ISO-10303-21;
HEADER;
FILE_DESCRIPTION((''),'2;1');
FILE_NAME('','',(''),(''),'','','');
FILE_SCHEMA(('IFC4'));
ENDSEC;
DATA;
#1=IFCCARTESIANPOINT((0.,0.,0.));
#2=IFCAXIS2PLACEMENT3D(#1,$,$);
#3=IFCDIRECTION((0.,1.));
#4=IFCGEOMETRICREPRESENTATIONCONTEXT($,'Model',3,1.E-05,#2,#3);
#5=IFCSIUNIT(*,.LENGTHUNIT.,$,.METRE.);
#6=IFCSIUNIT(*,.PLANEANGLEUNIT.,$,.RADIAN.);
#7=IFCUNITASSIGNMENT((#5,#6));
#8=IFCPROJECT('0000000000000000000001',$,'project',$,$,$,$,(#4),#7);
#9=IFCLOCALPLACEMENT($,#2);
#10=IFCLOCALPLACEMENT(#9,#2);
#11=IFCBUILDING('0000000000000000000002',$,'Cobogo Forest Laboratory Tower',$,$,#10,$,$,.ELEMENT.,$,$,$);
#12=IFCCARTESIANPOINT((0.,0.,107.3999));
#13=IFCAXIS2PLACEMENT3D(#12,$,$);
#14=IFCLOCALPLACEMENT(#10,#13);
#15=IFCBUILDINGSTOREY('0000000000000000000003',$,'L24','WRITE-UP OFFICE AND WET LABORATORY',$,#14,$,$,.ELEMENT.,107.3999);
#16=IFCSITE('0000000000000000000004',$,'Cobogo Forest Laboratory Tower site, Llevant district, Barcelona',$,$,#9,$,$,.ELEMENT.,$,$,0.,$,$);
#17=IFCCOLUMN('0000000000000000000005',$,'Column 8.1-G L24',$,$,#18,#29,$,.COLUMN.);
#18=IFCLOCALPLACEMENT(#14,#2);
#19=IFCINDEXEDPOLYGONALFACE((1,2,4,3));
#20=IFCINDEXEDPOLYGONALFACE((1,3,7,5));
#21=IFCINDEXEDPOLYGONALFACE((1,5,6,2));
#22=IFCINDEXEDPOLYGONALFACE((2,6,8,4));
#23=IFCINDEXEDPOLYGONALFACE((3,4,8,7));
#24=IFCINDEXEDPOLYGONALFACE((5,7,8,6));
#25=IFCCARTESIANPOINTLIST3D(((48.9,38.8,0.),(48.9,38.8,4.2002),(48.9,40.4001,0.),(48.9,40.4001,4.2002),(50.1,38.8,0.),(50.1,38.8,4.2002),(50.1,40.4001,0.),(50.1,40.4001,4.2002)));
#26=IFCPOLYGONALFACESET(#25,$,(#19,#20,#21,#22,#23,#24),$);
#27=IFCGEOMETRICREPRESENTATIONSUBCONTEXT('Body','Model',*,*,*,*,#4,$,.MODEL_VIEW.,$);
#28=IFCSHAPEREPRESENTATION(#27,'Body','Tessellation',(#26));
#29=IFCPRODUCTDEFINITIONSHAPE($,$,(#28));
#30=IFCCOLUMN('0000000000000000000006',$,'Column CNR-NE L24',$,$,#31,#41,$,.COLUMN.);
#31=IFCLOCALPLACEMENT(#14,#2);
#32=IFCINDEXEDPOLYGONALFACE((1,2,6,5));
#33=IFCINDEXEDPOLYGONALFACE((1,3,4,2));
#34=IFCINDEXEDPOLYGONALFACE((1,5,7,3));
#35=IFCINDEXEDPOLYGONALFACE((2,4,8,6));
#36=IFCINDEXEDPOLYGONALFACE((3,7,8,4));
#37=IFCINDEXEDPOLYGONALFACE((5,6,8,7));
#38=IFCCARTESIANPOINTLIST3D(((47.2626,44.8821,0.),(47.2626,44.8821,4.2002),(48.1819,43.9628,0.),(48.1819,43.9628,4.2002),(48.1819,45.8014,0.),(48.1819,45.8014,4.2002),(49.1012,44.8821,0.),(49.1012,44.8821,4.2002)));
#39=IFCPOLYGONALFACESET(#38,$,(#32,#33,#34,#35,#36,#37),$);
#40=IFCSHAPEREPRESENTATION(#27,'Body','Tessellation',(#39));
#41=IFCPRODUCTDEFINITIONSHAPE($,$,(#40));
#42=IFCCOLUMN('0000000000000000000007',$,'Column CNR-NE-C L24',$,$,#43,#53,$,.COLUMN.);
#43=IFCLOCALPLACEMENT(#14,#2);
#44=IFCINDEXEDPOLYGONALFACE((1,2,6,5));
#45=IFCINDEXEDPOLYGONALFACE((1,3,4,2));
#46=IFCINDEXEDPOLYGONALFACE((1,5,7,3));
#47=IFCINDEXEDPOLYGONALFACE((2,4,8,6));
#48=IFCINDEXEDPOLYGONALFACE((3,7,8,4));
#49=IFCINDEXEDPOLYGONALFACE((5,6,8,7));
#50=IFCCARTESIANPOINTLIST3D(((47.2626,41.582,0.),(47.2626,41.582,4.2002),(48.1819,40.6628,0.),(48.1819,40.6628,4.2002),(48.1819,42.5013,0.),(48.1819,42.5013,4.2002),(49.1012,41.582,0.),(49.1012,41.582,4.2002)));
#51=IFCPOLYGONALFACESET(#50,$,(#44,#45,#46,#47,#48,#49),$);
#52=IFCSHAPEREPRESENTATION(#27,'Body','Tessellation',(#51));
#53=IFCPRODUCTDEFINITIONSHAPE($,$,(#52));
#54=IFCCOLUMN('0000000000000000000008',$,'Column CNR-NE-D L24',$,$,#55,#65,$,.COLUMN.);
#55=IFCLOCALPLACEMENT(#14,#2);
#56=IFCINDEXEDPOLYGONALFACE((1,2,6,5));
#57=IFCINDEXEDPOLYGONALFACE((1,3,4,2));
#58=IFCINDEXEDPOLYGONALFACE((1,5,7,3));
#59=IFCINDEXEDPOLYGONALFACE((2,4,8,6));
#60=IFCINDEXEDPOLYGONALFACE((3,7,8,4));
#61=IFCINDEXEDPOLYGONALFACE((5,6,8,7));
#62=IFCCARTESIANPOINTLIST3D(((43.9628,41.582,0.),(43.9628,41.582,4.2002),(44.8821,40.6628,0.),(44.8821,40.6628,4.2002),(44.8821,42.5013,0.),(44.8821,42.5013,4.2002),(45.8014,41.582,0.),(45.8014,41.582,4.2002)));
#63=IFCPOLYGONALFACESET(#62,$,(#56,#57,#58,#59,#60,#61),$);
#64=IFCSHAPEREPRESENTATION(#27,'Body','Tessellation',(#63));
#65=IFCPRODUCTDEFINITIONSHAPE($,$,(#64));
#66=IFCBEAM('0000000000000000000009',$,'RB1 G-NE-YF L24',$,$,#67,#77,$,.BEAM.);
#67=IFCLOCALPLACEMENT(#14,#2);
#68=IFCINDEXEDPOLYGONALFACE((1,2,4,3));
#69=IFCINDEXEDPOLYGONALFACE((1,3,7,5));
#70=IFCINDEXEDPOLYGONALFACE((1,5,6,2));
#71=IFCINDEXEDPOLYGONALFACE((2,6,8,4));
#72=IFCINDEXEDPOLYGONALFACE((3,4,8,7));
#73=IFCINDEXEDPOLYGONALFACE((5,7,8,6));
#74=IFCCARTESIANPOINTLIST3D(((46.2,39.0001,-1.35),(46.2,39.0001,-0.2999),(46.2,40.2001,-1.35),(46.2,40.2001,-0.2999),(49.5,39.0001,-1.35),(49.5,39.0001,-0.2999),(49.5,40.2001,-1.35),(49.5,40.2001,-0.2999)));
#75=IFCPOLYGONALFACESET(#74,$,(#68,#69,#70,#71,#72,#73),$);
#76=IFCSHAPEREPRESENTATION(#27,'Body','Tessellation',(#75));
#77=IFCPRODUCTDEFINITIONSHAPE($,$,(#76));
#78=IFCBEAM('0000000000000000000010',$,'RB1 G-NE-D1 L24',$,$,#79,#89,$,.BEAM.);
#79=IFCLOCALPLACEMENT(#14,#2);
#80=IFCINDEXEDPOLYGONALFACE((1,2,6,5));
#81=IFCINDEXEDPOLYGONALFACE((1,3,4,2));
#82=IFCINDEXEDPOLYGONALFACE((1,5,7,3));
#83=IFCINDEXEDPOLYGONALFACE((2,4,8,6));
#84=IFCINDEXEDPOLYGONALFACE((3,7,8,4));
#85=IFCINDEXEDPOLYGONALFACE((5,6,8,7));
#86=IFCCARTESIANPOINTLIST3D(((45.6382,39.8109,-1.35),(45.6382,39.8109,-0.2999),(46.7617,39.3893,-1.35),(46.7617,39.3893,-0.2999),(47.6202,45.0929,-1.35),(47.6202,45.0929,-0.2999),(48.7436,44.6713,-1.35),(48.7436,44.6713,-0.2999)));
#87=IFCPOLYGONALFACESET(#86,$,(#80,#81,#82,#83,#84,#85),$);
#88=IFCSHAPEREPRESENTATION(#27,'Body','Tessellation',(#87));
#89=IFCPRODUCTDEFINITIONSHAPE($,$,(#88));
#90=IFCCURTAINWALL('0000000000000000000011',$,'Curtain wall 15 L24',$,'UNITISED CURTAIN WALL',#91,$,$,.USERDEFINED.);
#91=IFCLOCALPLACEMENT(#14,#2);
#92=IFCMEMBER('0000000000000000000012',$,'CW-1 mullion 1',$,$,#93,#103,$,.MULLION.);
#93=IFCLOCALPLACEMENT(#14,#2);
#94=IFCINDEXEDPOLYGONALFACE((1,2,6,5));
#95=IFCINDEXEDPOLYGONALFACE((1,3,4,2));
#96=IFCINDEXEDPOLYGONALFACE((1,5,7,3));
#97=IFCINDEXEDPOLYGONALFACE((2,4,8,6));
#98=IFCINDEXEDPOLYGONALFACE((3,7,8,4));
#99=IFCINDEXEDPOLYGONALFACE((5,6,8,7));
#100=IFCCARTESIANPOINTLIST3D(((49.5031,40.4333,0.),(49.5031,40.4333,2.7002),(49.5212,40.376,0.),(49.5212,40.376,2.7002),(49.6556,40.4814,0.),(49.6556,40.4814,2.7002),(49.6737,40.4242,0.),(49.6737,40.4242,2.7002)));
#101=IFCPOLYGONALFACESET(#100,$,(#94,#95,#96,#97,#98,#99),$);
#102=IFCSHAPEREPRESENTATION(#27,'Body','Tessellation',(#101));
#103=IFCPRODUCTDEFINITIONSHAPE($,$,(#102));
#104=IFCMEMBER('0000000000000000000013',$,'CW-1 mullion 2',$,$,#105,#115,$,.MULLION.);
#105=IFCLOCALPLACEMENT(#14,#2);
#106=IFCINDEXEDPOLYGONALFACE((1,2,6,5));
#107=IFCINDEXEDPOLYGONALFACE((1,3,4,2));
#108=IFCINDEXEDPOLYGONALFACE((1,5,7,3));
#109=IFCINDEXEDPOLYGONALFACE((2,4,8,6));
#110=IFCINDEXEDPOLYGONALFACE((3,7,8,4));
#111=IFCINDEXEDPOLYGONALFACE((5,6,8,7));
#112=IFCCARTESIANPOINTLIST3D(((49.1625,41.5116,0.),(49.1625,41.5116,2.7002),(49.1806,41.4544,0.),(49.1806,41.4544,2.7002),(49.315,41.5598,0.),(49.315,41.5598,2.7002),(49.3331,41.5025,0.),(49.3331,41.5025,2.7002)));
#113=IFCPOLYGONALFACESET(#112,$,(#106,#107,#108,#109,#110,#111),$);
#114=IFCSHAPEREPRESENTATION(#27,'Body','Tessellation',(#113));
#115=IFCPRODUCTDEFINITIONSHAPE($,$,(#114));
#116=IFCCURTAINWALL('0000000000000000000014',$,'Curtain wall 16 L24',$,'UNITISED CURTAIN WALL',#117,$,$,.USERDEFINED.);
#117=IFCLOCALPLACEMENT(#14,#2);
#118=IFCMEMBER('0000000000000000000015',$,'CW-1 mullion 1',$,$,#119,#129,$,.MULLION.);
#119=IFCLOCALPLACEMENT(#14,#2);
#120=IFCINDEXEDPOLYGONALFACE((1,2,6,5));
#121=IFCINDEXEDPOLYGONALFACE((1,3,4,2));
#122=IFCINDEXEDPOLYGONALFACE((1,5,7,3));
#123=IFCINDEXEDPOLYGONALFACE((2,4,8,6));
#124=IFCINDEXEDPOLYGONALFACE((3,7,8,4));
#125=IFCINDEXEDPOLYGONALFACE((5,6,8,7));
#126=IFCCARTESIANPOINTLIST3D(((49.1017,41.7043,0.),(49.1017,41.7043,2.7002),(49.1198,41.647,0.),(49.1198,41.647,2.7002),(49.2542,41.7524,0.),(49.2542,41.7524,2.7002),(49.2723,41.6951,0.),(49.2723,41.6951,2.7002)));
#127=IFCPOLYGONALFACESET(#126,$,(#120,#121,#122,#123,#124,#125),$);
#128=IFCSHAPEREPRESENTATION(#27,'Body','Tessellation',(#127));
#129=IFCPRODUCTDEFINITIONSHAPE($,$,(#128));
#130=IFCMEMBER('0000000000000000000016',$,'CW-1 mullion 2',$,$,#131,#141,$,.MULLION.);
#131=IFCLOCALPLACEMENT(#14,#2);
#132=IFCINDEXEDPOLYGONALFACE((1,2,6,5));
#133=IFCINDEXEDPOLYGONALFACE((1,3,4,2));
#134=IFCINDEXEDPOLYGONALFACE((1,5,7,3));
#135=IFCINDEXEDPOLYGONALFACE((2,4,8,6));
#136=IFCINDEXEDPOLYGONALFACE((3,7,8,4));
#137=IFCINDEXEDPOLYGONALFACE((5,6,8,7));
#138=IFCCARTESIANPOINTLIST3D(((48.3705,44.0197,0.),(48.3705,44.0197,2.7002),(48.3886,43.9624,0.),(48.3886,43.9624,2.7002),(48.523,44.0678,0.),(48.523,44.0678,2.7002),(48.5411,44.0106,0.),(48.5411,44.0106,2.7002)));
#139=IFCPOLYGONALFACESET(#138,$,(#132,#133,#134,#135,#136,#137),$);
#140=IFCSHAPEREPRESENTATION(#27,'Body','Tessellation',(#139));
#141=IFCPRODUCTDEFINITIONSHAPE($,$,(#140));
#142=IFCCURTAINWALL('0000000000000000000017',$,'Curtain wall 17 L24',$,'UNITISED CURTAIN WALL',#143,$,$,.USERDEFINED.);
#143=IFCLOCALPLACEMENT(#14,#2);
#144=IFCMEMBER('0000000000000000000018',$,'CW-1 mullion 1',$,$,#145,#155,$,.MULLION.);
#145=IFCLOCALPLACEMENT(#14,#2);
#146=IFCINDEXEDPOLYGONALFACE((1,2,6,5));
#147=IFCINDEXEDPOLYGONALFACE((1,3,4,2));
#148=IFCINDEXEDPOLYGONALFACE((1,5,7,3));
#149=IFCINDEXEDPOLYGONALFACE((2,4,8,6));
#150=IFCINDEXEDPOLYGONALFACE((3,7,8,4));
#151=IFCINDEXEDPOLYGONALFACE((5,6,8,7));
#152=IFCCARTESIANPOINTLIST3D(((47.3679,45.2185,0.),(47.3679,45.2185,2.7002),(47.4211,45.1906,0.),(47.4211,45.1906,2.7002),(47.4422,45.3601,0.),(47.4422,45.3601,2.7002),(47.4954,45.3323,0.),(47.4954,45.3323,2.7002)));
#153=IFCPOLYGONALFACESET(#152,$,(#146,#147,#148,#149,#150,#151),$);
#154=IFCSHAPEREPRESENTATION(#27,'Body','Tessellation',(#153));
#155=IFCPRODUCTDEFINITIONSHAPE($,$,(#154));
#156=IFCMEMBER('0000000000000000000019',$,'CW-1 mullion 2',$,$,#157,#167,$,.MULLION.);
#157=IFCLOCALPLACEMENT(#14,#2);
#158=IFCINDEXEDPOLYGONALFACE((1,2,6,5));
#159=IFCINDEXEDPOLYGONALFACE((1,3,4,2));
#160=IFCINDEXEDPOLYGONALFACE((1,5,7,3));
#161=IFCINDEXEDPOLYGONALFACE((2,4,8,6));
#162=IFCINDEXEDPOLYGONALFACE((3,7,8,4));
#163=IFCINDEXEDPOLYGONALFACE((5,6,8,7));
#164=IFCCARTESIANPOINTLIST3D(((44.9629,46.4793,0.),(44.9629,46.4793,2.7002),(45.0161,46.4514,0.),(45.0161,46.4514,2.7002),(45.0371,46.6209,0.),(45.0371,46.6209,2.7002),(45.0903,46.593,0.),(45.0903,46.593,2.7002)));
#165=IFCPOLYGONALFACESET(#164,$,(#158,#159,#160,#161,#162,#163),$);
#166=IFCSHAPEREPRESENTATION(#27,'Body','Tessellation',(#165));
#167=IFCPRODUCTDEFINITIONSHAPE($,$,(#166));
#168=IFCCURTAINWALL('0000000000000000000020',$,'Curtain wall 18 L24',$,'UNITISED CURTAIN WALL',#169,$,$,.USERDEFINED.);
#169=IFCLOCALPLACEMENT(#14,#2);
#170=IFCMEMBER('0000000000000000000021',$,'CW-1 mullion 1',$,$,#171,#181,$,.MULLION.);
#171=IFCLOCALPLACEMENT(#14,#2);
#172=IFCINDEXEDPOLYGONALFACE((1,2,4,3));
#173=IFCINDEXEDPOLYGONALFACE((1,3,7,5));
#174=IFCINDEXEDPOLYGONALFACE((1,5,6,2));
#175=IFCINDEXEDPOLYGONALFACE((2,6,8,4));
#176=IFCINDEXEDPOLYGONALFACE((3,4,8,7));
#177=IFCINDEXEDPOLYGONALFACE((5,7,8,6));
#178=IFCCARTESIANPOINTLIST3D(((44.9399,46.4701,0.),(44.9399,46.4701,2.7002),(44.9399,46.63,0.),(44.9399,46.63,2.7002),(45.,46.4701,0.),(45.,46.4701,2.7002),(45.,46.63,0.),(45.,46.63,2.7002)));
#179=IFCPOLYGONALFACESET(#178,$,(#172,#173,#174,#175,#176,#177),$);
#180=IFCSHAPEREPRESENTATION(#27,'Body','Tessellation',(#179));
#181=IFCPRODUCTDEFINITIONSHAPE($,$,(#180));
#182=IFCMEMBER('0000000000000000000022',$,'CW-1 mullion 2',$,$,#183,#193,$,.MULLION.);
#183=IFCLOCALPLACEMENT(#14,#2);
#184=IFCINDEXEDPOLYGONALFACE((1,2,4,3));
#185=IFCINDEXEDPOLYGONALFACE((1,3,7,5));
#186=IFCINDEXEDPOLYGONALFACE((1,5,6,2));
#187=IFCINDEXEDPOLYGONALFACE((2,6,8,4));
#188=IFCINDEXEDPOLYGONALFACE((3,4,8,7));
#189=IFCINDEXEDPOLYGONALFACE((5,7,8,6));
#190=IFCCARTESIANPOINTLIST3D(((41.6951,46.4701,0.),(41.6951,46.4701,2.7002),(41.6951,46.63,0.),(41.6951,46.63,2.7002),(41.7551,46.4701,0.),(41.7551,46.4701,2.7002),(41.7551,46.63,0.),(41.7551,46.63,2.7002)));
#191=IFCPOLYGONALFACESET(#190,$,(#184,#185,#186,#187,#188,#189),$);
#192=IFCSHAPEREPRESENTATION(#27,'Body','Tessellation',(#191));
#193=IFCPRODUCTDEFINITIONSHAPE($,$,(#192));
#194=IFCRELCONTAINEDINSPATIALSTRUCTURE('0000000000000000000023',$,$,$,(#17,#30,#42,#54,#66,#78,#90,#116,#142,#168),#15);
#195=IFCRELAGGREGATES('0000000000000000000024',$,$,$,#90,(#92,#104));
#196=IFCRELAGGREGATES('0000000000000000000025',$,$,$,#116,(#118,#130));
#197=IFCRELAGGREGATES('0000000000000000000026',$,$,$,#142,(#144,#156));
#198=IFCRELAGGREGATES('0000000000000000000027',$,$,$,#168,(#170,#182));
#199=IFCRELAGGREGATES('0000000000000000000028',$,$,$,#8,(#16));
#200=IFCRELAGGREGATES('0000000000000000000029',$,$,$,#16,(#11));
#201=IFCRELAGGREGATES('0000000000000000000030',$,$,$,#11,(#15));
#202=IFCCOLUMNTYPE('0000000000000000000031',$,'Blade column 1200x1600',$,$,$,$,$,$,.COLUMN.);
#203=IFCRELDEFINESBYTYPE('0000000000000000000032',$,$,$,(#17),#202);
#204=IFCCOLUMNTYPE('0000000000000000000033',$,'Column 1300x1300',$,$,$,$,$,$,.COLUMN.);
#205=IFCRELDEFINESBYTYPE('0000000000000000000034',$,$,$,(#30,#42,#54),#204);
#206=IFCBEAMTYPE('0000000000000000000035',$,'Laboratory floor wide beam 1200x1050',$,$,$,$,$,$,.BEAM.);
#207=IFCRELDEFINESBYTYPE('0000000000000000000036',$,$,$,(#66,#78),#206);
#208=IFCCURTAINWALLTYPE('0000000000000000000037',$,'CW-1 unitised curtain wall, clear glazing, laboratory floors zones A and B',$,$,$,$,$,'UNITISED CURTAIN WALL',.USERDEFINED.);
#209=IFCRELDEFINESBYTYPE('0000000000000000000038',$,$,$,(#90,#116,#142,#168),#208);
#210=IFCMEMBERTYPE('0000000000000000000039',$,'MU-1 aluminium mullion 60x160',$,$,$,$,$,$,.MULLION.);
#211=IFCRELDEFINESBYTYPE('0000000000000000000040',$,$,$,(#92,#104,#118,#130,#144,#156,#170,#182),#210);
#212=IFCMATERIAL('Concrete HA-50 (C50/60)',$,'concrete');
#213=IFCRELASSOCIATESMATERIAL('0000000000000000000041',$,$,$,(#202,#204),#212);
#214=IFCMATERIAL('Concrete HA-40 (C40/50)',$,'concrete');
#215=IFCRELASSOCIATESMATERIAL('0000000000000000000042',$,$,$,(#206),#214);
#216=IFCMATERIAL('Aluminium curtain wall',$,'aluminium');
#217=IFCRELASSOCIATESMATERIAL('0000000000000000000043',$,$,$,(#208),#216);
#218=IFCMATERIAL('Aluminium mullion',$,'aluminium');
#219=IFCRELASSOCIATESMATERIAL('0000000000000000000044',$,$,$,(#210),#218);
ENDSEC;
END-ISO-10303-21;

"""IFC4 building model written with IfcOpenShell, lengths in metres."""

from ifc_helpers import new_model, si_unit, direction, frame, origin, origin_2d, place, context, subcontext, project, spatial, rectangle, extrude, material, material_profile, profile_set, type_object, element, aggregate, save


model = new_model("IFC4")

# Units and contexts
model_context = context("Model", 3, precision=1e-05, world=origin(), true_north=direction((0.0, 1.0)))
body_context = subcontext(model_context, "Body", "Model", "MODEL_VIEW")
ifc_project = project(units=[si_unit("LENGTHUNIT", "METRE"), si_unit("PLANEANGLEUNIT", "RADIAN")], contexts=[model_context])

# Site, building, storey
site_placement = place(None, origin())
site = spatial("IfcSite", under=ifc_project, at=site_placement, Name="Cobogo Forest Laboratory Tower site, Llevant district, Barcelona", CompositionType="ELEMENT", RefElevation=0.0)
building_placement = place(site_placement, origin())
building = spatial("IfcBuilding", under=site, at=building_placement, Name="Cobogo Forest Laboratory Tower", CompositionType="ELEMENT")
storey_placement = place(building_placement, frame((0.0, 0.0, 107.3999)))
storey = spatial("IfcBuildingStorey", under=building, at=storey_placement, Name="L24", Description="WRITE-UP OFFICE AND WET LABORATORY", CompositionType="ELEMENT", Elevation=107.3999)

# Columns
ifc_material_1 = material(Name="Concrete HA-50 (C50/60)", Category="concrete")
ifc_material_profile_1 = material_profile(ifc_material_1, rectangle(XDim=1.6001, YDim=1.2, at=origin_2d()), Name="RC 1200x1600")
ifc_profile_set_1 = profile_set([ifc_material_profile_1], Name="Concrete HA-50 (C50/60)")
column_type_1 = type_object("IfcColumnType", Name="Blade column 1200x1600", PredefinedType="COLUMN", material=ifc_profile_set_1)
column_placement = place(storey_placement, frame((49.5, 39.6001, 0.0), z_axis=(0.0, 0.0, 1.0), x_axis=(0.0, 1.0, 0.0)))
element("IfcColumn", 1, at=column_placement, inside=storey, type_object=column_type_1, Name="Column 8.1-G L24", PredefinedType="COLUMN", context=body_context, shape_type="SweptSolid", body=[
    extrude(rectangle(XDim=1.6001, YDim=1.2, at=origin_2d()), origin(), (0.0, 0.0, 1.0), 4.2002),
])
ifc_material_profile_2 = material_profile(ifc_material_1, rectangle(XDim=1.3, YDim=1.3, at=origin_2d()), Name="RC 1300x1300")
ifc_profile_set_2 = profile_set([ifc_material_profile_2], Name="Concrete HA-50 (C50/60)")
column_type_2 = type_object("IfcColumnType", Name="Column 1300x1300", PredefinedType="COLUMN", material=ifc_profile_set_2)
for number, where, z_axis, x_axis, name in (
    (2, (48.1819, 44.8821, 0.0), (0.0, 0.0, 1.0), (0.707107, 0.707107, 0.0), "Column CNR-NE L24"),
    (3, (48.1819, 41.582, 0.0), (0.0, 0.0, 1.0), (0.707107, 0.707107, 0.0), "Column CNR-NE-C L24"),
    (4, (44.8821, 41.582, 0.0), (0.0, 0.0, 1.0), (0.707107, 0.707107, 0.0), "Column CNR-NE-D L24"),
):
    element("IfcColumn", number, at=place(storey_placement, frame(where, z_axis=z_axis, x_axis=x_axis)), inside=storey, type_object=column_type_2, Name=name, PredefinedType="COLUMN", context=body_context, shape_type="SweptSolid", body=[
        extrude(rectangle(XDim=1.3, YDim=1.3, at=origin_2d()), origin(), (0.0, 0.0, 1.0), 4.2002),
    ])

# Beams
ifc_material_2 = material(Name="Concrete HA-40 (C40/50)", Category="concrete")
ifc_material_profile_3 = material_profile(ifc_material_2, rectangle(XDim=1.2, YDim=1.05, at=origin_2d()), Name="RC 1200x1050")
ifc_profile_set_3 = profile_set([ifc_material_profile_3], Name="Concrete HA-40 (C40/50)")
beam_type_1 = type_object("IfcBeamType", Name="Laboratory floor wide beam 1200x1050", PredefinedType="BEAM", material=ifc_profile_set_3)
beam_1_placement = place(storey_placement, frame((49.5, 39.6001, -0.825), z_axis=(-1.0, 0.0, 0.0), x_axis=(0.0, -1.0, 0.0)))
element("IfcBeam", 5, at=beam_1_placement, inside=storey, type_object=beam_type_1, Name="RB1 G-NE-YF L24", PredefinedType="BEAM", context=body_context, shape_type="SweptSolid", body=[
    extrude(rectangle(XDim=1.2, YDim=1.05, at=origin_2d()), origin(), (0.0, 0.0, 1.0), 3.3),
])
beam_2_placement = place(storey_placement, frame((48.1819, 44.8821, -0.825), z_axis=(-0.351308, -0.93626, 0.0), x_axis=(0.93626, -0.351308, 0.0)))
element("IfcBeam", 6, at=beam_2_placement, inside=storey, type_object=beam_type_1, Name="RB1 G-NE-D1 L24", PredefinedType="BEAM", context=body_context, shape_type="SweptSolid", body=[
    extrude(rectangle(XDim=1.2, YDim=1.05, at=origin_2d()), origin(), (0.0, 0.0, 1.0), 5.6416),
])

# Curtain walls, members
ifc_material_3 = material(Name="Aluminium curtain wall", Category="aluminium")
curtain_wall_type = type_object("IfcCurtainWallType", Name="CW-1 unitised curtain wall, clear glazing, laboratory floors zones A and B", ElementType="UNITISED CURTAIN WALL", PredefinedType="USERDEFINED", material=ifc_material_3)
curtain_wall_1_placement = place(storey_placement, origin())
curtain_wall_1 = element("IfcCurtainWall", 7, at=curtain_wall_1_placement, inside=storey, type_object=curtain_wall_type, Name="Curtain wall 15 L24", ObjectType="UNITISED CURTAIN WALL", PredefinedType="USERDEFINED")
ifc_material_4 = material(Name="Aluminium mullion", Category="aluminium")
ifc_material_profile_4 = material_profile(ifc_material_4, rectangle(XDim=0.0601, YDim=0.1599, at=origin_2d()), Name="AL 60x160")
ifc_profile_set_4 = profile_set([ifc_material_profile_4], Name="Aluminium mullion")
member_type_1 = type_object("IfcMemberType", Name="MU-1 aluminium mullion 60x160", PredefinedType="MULLION", material=ifc_profile_set_4)
member_1_placement = place(storey_placement, frame((49.5884, 40.4287, 0.0), z_axis=(0.0, 0.0, 1.0), x_axis=(-0.301136, 0.953581, 0.0)))
member_1 = element("IfcMember", 8, at=member_1_placement, type_object=member_type_1, Name="CW-1 mullion 1", PredefinedType="MULLION", context=body_context, shape_type="SweptSolid", body=[
    extrude(rectangle(XDim=0.0601, YDim=0.1599, at=origin_2d()), origin(), (0.0, 0.0, 1.0), 2.7002),
])
member_2_placement = place(storey_placement, frame((49.2478, 41.5071, 0.0), z_axis=(0.0, 0.0, 1.0), x_axis=(-0.301136, 0.953581, 0.0)))
member_2 = element("IfcMember", 9, at=member_2_placement, type_object=member_type_1, Name="CW-1 mullion 2", PredefinedType="MULLION", context=body_context, shape_type="SweptSolid", body=[
    extrude(rectangle(XDim=0.0601, YDim=0.1599, at=origin_2d()), origin(), (0.0, 0.0, 1.0), 2.7002),
])
curtain_wall_2_placement = place(storey_placement, origin())
curtain_wall_2 = element("IfcCurtainWall", 10, at=curtain_wall_2_placement, inside=storey, type_object=curtain_wall_type, Name="Curtain wall 16 L24", ObjectType="UNITISED CURTAIN WALL", PredefinedType="USERDEFINED")
member_3_placement = place(storey_placement, frame((49.187, 41.6997, 0.0), z_axis=(0.0, 0.0, 1.0), x_axis=(-0.301135, 0.953581, 0.0)))
member_3 = element("IfcMember", 11, at=member_3_placement, type_object=member_type_1, Name="CW-1 mullion 1", PredefinedType="MULLION", context=body_context, shape_type="SweptSolid", body=[
    extrude(rectangle(XDim=0.0601, YDim=0.1599, at=origin_2d()), origin(), (0.0, 0.0, 1.0), 2.7002),
])
member_4_placement = place(storey_placement, frame((48.4558, 44.0151, 0.0), z_axis=(0.0, 0.0, 1.0), x_axis=(-0.301135, 0.953581, 0.0)))
member_4 = element("IfcMember", 12, at=member_4_placement, type_object=member_type_1, Name="CW-1 mullion 2", PredefinedType="MULLION", context=body_context, shape_type="SweptSolid", body=[
    extrude(rectangle(XDim=0.0601, YDim=0.1599, at=origin_2d()), origin(), (0.0, 0.0, 1.0), 2.7002),
])
curtain_wall_3_placement = place(storey_placement, origin())
curtain_wall_3 = element("IfcCurtainWall", 13, at=curtain_wall_3_placement, inside=storey, type_object=curtain_wall_type, Name="Curtain wall 17 L24", ObjectType="UNITISED CURTAIN WALL", PredefinedType="USERDEFINED")
member_5_placement = place(storey_placement, frame((47.4316, 45.2754, 0.0), z_axis=(0.0, 0.0, 1.0), x_axis=(-0.885687, 0.464284, 0.0)))
member_5 = element("IfcMember", 14, at=member_5_placement, type_object=member_type_1, Name="CW-1 mullion 1", PredefinedType="MULLION", context=body_context, shape_type="SweptSolid", body=[
    extrude(rectangle(XDim=0.0601, YDim=0.1599, at=origin_2d()), origin(), (0.0, 0.0, 1.0), 2.7002),
])
member_6_placement = place(storey_placement, frame((45.0266, 46.5361, 0.0), z_axis=(0.0, 0.0, 1.0), x_axis=(-0.885687, 0.464284, 0.0)))
member_6 = element("IfcMember", 15, at=member_6_placement, type_object=member_type_1, Name="CW-1 mullion 2", PredefinedType="MULLION", context=body_context, shape_type="SweptSolid", body=[
    extrude(rectangle(XDim=0.0601, YDim=0.1599, at=origin_2d()), origin(), (0.0, 0.0, 1.0), 2.7002),
])
curtain_wall_4_placement = place(storey_placement, origin())
curtain_wall_4 = element("IfcCurtainWall", 16, at=curtain_wall_4_placement, inside=storey, type_object=curtain_wall_type, Name="Curtain wall 18 L24", ObjectType="UNITISED CURTAIN WALL", PredefinedType="USERDEFINED")
member_7_placement = place(storey_placement, frame((44.97, 46.55, 0.0), z_axis=(0.0, 0.0, 1.0), x_axis=(-1.0, 0.0, 0.0)))
member_7 = element("IfcMember", 17, at=member_7_placement, type_object=member_type_1, Name="CW-1 mullion 1", PredefinedType="MULLION", context=body_context, shape_type="SweptSolid", body=[
    extrude(rectangle(XDim=0.0601, YDim=0.1599, at=origin_2d()), origin(), (0.0, 0.0, 1.0), 2.7002),
])
member_8_placement = place(storey_placement, frame((41.7251, 46.55, 0.0), z_axis=(0.0, 0.0, 1.0), x_axis=(-1.0, 0.0, 0.0)))
member_8 = element("IfcMember", 18, at=member_8_placement, type_object=member_type_1, Name="CW-1 mullion 2", PredefinedType="MULLION", context=body_context, shape_type="SweptSolid", body=[
    extrude(rectangle(XDim=0.0601, YDim=0.1599, at=origin_2d()), origin(), (0.0, 0.0, 1.0), 2.7002),
])

aggregate(curtain_wall_1, [member_1, member_2])
aggregate(curtain_wall_2, [member_3, member_4])
aggregate(curtain_wall_3, [member_5, member_6])
aggregate(curtain_wall_4, [member_7, member_8])

save(model, "model.ifc")
